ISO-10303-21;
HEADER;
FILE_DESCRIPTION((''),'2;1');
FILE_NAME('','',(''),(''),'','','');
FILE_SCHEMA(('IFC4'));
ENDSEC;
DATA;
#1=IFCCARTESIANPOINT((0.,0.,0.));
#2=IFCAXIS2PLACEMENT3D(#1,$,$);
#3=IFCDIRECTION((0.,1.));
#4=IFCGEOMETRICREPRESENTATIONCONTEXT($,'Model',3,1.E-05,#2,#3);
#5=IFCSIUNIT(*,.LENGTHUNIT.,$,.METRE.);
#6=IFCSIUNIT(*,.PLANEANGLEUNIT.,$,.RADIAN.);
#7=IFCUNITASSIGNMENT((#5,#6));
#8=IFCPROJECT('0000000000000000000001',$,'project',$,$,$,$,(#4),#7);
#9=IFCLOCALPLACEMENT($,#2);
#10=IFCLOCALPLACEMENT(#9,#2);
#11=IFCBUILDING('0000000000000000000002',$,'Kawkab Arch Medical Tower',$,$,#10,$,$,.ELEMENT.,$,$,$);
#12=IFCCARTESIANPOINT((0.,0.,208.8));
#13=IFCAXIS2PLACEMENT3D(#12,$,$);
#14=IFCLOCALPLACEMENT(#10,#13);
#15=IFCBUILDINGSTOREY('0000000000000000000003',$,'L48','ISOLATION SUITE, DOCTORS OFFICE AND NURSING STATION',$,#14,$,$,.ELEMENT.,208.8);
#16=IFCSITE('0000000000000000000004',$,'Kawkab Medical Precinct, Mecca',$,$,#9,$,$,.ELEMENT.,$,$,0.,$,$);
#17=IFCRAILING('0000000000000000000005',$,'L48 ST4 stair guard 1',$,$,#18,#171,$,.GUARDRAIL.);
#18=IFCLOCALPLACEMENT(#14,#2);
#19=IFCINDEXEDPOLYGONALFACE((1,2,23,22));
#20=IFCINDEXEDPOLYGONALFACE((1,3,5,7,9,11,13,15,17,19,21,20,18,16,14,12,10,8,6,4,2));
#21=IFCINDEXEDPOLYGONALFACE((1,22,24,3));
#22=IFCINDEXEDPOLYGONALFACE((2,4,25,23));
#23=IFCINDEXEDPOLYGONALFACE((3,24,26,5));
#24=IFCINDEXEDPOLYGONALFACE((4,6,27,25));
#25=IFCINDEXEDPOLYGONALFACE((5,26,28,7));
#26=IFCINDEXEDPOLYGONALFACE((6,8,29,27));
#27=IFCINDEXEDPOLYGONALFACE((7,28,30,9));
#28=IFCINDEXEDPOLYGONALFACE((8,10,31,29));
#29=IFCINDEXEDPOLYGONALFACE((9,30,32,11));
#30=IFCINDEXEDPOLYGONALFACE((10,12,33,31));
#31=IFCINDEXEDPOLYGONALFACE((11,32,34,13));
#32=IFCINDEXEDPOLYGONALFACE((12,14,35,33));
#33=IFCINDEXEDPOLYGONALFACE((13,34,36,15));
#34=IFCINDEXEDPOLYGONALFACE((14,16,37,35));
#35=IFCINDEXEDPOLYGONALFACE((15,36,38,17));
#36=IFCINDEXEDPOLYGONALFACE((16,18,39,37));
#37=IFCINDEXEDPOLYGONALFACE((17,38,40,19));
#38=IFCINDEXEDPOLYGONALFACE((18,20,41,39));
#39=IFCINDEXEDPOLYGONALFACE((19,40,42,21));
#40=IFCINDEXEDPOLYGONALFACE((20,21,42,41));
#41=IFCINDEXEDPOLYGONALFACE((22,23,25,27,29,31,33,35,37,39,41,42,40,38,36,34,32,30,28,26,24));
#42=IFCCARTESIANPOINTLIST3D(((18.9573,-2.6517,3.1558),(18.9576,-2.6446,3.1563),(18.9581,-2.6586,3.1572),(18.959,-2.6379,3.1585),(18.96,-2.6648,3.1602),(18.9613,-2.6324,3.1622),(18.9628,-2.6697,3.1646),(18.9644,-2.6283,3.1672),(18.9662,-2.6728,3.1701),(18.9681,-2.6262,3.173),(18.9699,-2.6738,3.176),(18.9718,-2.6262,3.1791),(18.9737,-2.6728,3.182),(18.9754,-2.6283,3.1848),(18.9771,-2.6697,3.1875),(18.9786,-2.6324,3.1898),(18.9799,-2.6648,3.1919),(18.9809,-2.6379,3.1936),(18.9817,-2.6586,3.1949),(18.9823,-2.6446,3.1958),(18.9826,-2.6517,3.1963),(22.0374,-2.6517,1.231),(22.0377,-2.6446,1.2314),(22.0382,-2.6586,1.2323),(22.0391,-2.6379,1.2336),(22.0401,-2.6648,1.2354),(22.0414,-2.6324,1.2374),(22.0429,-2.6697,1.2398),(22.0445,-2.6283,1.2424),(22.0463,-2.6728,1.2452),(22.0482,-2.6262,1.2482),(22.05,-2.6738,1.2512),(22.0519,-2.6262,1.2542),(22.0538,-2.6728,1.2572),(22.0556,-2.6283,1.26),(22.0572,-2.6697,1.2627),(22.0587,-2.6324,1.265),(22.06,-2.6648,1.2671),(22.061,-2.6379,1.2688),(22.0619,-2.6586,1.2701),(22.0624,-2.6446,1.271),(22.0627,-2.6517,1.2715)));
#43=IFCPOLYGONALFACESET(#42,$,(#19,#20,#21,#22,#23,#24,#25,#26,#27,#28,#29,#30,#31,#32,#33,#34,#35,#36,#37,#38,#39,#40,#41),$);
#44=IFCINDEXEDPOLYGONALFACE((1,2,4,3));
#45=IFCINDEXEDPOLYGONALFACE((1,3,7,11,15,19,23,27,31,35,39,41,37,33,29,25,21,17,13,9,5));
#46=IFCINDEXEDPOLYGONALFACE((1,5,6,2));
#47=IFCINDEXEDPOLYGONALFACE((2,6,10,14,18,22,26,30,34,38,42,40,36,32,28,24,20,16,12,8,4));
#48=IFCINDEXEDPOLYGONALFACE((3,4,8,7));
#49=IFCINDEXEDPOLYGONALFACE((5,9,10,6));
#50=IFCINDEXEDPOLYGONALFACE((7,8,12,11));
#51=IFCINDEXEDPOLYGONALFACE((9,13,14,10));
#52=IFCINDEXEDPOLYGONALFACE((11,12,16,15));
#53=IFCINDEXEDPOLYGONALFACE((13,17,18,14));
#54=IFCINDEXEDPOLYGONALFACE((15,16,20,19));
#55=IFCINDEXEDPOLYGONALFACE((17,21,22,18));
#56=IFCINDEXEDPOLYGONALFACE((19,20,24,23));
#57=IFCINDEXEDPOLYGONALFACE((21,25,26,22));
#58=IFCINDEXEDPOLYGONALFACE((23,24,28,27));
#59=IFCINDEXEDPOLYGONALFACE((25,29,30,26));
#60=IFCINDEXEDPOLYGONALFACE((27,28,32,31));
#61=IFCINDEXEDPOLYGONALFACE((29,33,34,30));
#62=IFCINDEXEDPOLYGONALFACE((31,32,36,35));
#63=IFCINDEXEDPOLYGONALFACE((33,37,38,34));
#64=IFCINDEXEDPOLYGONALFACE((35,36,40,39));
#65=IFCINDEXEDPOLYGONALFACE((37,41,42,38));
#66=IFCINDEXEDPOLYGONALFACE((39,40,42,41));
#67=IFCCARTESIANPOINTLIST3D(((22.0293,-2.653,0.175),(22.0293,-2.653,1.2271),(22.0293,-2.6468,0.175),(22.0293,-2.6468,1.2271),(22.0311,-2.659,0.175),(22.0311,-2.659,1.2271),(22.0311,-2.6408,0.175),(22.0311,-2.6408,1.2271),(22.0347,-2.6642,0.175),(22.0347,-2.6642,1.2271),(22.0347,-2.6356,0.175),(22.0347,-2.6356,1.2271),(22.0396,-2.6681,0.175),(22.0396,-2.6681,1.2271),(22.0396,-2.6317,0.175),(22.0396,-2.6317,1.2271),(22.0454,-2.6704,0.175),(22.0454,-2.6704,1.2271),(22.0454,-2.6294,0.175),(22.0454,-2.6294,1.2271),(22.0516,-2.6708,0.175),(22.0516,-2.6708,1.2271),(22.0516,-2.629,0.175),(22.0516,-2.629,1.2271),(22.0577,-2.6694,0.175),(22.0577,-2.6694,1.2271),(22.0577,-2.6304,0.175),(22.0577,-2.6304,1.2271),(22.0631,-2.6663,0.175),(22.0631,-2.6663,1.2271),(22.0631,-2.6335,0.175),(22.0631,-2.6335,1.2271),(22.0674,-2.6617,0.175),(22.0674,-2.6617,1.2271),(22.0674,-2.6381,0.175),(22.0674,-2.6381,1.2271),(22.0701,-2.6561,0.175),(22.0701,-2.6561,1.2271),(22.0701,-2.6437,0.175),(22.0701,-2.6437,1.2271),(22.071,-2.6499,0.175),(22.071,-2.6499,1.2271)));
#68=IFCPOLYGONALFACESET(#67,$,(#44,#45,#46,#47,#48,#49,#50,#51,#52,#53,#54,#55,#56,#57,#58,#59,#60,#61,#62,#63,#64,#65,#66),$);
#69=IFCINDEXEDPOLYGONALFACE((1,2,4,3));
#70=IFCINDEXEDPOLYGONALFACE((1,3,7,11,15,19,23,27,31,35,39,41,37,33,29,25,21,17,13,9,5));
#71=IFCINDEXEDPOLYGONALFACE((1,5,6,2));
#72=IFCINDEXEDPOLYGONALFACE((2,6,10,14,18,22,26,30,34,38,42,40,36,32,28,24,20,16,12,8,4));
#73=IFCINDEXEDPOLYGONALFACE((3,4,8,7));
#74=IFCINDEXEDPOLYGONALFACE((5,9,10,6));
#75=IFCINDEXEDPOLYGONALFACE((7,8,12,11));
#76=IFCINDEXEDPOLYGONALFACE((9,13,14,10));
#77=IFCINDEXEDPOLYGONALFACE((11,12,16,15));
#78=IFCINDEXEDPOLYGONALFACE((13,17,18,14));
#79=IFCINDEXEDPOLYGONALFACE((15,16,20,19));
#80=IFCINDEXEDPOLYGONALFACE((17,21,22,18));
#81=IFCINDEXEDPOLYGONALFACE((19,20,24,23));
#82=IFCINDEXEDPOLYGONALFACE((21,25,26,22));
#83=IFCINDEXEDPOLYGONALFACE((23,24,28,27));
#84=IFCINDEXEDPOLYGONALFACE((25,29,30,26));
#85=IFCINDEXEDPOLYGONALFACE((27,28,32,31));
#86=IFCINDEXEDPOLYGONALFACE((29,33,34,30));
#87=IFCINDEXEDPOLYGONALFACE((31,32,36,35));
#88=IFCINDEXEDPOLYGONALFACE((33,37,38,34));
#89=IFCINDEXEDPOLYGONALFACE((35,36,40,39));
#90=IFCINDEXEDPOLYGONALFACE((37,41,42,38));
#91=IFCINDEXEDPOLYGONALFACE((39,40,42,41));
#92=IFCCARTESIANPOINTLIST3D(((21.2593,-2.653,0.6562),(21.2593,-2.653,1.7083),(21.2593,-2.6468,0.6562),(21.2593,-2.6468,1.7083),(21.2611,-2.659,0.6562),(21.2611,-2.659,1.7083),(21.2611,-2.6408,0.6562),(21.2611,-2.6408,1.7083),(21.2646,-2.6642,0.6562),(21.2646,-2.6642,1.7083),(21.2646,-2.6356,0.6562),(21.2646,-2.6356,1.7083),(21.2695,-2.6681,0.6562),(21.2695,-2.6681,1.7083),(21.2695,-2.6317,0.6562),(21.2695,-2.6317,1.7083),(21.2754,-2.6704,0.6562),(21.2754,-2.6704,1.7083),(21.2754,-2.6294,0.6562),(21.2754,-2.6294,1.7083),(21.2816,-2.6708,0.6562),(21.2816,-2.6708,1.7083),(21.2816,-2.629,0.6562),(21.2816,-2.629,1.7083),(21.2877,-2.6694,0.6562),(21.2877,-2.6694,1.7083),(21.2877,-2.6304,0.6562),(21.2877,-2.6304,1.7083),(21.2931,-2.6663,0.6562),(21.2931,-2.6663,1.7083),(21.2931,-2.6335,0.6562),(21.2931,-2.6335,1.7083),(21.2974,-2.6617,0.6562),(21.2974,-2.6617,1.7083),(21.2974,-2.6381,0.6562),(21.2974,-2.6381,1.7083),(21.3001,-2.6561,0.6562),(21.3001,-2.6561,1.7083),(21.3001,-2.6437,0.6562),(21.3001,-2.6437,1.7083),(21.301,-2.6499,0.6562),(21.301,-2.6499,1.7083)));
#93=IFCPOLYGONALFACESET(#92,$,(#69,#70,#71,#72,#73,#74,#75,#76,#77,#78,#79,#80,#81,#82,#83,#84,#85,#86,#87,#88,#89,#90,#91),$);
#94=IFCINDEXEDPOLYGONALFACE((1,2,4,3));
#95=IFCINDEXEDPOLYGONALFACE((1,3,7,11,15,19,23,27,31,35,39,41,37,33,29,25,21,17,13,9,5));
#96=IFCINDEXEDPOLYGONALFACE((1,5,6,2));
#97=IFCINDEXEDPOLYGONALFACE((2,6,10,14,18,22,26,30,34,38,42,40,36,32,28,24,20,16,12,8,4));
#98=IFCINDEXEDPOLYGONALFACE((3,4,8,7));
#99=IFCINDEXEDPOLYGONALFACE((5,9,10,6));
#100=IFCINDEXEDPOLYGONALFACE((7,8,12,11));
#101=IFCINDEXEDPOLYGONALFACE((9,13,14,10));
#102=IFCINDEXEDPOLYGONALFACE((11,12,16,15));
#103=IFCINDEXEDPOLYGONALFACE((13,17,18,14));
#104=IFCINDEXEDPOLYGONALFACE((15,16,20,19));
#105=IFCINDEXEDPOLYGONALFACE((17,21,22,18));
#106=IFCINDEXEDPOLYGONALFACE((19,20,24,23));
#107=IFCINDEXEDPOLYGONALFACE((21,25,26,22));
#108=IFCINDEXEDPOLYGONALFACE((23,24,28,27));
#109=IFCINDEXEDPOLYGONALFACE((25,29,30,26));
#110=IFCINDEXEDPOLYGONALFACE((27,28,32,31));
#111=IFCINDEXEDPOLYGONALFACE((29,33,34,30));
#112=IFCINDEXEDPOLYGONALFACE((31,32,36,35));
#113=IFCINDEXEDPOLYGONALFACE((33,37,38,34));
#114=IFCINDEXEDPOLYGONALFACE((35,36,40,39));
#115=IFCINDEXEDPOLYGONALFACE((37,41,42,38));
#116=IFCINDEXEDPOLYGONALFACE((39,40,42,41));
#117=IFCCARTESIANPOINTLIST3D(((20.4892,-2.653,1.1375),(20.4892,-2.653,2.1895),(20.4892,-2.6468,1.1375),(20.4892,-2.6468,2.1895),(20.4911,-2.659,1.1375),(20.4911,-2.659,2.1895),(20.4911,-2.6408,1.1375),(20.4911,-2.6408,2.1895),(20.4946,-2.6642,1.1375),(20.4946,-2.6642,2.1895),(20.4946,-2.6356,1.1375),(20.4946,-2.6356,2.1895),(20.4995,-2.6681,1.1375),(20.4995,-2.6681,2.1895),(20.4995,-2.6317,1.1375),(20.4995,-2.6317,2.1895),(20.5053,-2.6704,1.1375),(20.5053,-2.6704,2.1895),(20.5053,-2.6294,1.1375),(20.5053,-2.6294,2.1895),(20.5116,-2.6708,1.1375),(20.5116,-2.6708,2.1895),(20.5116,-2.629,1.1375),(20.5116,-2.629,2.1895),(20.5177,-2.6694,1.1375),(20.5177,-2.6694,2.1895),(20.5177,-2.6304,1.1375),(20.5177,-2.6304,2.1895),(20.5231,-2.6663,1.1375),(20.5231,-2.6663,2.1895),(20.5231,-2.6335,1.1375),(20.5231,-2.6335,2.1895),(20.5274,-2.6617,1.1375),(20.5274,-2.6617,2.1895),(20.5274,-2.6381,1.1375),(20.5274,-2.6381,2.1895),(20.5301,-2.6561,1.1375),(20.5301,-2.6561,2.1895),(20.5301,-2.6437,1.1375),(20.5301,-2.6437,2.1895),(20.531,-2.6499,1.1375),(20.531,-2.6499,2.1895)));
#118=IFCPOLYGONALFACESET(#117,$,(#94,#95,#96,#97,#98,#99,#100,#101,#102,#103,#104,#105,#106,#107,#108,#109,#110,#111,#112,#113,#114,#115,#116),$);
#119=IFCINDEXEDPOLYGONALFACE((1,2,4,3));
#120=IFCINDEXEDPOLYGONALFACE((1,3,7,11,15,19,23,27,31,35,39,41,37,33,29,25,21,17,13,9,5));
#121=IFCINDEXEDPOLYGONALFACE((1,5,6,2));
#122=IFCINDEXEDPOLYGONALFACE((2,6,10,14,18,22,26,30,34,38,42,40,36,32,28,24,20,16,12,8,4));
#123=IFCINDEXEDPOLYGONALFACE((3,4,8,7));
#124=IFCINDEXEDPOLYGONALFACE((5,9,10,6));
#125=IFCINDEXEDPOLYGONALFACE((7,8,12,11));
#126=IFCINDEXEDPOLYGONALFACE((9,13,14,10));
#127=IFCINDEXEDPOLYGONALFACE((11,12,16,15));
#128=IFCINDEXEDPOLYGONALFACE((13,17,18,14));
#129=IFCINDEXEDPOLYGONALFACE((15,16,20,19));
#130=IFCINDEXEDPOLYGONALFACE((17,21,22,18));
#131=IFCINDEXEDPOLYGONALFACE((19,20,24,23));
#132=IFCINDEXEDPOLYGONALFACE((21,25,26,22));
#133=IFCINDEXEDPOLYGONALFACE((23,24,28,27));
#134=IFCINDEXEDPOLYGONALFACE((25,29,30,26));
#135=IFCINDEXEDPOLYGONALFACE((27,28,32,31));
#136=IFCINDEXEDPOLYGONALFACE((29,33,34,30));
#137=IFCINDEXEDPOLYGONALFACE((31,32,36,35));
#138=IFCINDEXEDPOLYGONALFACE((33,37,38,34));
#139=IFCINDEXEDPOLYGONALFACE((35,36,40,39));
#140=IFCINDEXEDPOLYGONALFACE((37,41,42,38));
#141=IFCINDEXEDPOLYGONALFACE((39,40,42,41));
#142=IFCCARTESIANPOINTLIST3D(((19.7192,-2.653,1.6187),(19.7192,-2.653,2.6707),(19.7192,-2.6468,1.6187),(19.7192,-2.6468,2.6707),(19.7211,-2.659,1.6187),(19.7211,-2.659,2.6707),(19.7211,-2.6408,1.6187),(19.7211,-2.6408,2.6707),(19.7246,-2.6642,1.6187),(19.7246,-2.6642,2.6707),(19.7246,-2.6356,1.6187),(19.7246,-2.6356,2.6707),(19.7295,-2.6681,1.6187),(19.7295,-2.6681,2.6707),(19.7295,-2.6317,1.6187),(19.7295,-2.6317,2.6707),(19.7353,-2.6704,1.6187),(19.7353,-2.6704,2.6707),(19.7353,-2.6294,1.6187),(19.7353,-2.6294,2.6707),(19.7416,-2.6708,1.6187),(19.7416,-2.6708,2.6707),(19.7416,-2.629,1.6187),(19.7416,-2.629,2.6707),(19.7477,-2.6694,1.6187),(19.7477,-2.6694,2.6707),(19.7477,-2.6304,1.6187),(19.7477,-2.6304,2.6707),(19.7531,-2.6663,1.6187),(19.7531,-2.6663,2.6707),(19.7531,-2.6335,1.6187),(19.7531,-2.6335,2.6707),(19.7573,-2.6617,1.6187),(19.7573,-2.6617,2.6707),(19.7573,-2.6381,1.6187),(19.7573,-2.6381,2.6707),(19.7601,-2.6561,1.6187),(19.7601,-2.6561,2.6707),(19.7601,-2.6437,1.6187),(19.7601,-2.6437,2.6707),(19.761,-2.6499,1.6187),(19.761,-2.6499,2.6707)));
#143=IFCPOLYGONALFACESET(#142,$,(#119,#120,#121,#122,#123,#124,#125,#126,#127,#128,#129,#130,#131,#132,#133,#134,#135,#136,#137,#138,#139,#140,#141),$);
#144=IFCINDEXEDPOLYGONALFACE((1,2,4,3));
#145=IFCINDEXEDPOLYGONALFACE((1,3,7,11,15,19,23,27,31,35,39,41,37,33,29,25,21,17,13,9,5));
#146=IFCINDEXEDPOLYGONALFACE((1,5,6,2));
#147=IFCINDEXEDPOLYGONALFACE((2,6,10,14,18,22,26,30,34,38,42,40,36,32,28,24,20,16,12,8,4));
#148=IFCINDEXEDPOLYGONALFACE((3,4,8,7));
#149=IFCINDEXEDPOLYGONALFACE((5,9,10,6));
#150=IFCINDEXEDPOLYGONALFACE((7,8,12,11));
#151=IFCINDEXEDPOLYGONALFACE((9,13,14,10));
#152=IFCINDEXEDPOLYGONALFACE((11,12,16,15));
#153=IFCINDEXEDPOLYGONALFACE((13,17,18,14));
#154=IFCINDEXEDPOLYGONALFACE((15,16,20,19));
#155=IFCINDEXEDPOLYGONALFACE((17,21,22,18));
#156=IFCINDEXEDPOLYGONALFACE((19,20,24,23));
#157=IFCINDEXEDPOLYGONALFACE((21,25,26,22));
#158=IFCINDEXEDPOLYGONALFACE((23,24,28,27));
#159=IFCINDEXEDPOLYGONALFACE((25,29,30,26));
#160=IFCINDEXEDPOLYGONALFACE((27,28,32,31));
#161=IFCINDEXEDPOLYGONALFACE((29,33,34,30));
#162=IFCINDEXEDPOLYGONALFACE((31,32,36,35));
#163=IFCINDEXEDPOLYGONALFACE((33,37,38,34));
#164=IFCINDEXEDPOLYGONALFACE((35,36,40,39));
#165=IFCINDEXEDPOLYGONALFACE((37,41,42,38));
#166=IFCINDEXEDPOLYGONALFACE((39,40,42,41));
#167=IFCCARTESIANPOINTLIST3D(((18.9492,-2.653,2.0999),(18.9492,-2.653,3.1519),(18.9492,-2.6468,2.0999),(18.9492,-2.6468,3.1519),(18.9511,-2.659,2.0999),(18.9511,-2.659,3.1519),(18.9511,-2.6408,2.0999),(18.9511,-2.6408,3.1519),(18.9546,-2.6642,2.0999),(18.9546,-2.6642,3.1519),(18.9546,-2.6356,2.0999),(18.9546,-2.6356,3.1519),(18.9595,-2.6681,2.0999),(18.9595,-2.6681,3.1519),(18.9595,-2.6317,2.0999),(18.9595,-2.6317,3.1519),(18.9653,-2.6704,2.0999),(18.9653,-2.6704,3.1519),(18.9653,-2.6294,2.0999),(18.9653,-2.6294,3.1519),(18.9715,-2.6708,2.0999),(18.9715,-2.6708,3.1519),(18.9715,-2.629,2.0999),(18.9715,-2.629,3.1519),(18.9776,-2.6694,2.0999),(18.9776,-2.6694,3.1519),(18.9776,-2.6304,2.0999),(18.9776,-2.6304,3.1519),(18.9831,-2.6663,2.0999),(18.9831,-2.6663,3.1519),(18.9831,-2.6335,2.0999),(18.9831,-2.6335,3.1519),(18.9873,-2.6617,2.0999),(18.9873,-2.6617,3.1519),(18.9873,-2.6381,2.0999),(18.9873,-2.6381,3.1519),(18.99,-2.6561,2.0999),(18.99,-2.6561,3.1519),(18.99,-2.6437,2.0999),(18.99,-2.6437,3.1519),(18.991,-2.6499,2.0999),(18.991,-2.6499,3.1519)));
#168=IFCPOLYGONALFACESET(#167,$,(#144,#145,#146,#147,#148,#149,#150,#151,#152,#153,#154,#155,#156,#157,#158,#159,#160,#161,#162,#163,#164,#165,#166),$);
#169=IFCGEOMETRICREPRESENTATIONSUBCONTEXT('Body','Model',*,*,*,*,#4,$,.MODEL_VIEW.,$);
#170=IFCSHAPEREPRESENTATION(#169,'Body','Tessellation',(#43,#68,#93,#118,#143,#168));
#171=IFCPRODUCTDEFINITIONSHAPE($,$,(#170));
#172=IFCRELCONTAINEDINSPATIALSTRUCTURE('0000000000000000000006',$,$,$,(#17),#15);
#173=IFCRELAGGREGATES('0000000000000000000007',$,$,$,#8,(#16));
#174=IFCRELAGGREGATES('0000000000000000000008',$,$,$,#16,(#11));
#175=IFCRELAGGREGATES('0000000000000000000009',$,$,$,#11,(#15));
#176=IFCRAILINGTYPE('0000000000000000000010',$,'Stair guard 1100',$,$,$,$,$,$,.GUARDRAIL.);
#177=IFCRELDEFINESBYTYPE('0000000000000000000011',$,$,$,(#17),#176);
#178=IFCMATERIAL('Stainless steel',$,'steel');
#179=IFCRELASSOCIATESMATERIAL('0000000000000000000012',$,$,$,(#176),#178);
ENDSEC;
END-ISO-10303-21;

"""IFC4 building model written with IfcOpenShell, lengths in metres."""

from ifc_helpers import new_model, si_unit, direction, frame, origin, origin_2d, place, context, subcontext, project, spatial, circle, extrude, material, type_object, element, save


model = new_model("IFC4")

# Units and contexts
model_context = context("Model", 3, precision=1e-05, world=origin(), true_north=direction((0.0, 1.0)))
body_context = subcontext(model_context, "Body", "Model", "MODEL_VIEW")
ifc_project = project(units=[si_unit("LENGTHUNIT", "METRE"), si_unit("PLANEANGLEUNIT", "RADIAN")], contexts=[model_context])

# Site, building, storey
site_placement = place(None, origin())
site = spatial("IfcSite", under=ifc_project, at=site_placement, Name="Kawkab Medical Precinct, Mecca", CompositionType="ELEMENT", RefElevation=0.0)
building_placement = place(site_placement, origin())
building = spatial("IfcBuilding", under=site, at=building_placement, Name="Kawkab Arch Medical Tower", CompositionType="ELEMENT")
storey_placement = place(building_placement, frame((0.0, 0.0, 208.8)))
storey = spatial("IfcBuildingStorey", under=building, at=storey_placement, Name="L48", Description="ISOLATION SUITE, DOCTORS OFFICE AND NURSING STATION", CompositionType="ELEMENT", Elevation=208.8)

# Railing
ifc_material_1 = material(Name="Stainless steel", Category="steel")
railing_type_1 = type_object("IfcRailingType", Name="Stair guard 1100", PredefinedType="GUARDRAIL", material=ifc_material_1)
railing_1_placement = place(storey_placement, frame((22.05, -2.6499, 0.175)))
element("IfcRailing", 1, at=railing_1_placement, inside=storey, type_object=railing_type_1, Name="L48 ST4 stair guard 1", PredefinedType="GUARDRAIL", context=body_context, shape_type="SweptSolid", body=[
    extrude(circle(Radius=0.0239, at=origin_2d()), frame((0.0, 0.0, 1.0762), z_axis=(-0.848029, 0.0, 0.529951), x_axis=(0.0, -1.0, 0.0)), (0.0, 0.0, 1.0), 3.6321),
    extrude(circle(Radius=0.021, at=origin_2d()), origin(), (0.0, 0.0, 1.0), 1.052),
    extrude(circle(Radius=0.021, at=origin_2d()), frame((-0.77, 0.0, 0.4812)), (0.0, 0.0, 1.0), 1.052),
    extrude(circle(Radius=0.021, at=origin_2d()), frame((-1.54, 0.0, 0.9624)), (0.0, 0.0, 1.0), 1.052),
    extrude(circle(Radius=0.021, at=origin_2d()), frame((-2.3101, 0.0, 1.4436)), (0.0, 0.0, 1.0), 1.052),
    extrude(circle(Radius=0.021, at=origin_2d()), frame((-3.0801, 0.0, 1.9248)), (0.0, 0.0, 1.0), 1.052),
])

save(model, "model.ifc")
